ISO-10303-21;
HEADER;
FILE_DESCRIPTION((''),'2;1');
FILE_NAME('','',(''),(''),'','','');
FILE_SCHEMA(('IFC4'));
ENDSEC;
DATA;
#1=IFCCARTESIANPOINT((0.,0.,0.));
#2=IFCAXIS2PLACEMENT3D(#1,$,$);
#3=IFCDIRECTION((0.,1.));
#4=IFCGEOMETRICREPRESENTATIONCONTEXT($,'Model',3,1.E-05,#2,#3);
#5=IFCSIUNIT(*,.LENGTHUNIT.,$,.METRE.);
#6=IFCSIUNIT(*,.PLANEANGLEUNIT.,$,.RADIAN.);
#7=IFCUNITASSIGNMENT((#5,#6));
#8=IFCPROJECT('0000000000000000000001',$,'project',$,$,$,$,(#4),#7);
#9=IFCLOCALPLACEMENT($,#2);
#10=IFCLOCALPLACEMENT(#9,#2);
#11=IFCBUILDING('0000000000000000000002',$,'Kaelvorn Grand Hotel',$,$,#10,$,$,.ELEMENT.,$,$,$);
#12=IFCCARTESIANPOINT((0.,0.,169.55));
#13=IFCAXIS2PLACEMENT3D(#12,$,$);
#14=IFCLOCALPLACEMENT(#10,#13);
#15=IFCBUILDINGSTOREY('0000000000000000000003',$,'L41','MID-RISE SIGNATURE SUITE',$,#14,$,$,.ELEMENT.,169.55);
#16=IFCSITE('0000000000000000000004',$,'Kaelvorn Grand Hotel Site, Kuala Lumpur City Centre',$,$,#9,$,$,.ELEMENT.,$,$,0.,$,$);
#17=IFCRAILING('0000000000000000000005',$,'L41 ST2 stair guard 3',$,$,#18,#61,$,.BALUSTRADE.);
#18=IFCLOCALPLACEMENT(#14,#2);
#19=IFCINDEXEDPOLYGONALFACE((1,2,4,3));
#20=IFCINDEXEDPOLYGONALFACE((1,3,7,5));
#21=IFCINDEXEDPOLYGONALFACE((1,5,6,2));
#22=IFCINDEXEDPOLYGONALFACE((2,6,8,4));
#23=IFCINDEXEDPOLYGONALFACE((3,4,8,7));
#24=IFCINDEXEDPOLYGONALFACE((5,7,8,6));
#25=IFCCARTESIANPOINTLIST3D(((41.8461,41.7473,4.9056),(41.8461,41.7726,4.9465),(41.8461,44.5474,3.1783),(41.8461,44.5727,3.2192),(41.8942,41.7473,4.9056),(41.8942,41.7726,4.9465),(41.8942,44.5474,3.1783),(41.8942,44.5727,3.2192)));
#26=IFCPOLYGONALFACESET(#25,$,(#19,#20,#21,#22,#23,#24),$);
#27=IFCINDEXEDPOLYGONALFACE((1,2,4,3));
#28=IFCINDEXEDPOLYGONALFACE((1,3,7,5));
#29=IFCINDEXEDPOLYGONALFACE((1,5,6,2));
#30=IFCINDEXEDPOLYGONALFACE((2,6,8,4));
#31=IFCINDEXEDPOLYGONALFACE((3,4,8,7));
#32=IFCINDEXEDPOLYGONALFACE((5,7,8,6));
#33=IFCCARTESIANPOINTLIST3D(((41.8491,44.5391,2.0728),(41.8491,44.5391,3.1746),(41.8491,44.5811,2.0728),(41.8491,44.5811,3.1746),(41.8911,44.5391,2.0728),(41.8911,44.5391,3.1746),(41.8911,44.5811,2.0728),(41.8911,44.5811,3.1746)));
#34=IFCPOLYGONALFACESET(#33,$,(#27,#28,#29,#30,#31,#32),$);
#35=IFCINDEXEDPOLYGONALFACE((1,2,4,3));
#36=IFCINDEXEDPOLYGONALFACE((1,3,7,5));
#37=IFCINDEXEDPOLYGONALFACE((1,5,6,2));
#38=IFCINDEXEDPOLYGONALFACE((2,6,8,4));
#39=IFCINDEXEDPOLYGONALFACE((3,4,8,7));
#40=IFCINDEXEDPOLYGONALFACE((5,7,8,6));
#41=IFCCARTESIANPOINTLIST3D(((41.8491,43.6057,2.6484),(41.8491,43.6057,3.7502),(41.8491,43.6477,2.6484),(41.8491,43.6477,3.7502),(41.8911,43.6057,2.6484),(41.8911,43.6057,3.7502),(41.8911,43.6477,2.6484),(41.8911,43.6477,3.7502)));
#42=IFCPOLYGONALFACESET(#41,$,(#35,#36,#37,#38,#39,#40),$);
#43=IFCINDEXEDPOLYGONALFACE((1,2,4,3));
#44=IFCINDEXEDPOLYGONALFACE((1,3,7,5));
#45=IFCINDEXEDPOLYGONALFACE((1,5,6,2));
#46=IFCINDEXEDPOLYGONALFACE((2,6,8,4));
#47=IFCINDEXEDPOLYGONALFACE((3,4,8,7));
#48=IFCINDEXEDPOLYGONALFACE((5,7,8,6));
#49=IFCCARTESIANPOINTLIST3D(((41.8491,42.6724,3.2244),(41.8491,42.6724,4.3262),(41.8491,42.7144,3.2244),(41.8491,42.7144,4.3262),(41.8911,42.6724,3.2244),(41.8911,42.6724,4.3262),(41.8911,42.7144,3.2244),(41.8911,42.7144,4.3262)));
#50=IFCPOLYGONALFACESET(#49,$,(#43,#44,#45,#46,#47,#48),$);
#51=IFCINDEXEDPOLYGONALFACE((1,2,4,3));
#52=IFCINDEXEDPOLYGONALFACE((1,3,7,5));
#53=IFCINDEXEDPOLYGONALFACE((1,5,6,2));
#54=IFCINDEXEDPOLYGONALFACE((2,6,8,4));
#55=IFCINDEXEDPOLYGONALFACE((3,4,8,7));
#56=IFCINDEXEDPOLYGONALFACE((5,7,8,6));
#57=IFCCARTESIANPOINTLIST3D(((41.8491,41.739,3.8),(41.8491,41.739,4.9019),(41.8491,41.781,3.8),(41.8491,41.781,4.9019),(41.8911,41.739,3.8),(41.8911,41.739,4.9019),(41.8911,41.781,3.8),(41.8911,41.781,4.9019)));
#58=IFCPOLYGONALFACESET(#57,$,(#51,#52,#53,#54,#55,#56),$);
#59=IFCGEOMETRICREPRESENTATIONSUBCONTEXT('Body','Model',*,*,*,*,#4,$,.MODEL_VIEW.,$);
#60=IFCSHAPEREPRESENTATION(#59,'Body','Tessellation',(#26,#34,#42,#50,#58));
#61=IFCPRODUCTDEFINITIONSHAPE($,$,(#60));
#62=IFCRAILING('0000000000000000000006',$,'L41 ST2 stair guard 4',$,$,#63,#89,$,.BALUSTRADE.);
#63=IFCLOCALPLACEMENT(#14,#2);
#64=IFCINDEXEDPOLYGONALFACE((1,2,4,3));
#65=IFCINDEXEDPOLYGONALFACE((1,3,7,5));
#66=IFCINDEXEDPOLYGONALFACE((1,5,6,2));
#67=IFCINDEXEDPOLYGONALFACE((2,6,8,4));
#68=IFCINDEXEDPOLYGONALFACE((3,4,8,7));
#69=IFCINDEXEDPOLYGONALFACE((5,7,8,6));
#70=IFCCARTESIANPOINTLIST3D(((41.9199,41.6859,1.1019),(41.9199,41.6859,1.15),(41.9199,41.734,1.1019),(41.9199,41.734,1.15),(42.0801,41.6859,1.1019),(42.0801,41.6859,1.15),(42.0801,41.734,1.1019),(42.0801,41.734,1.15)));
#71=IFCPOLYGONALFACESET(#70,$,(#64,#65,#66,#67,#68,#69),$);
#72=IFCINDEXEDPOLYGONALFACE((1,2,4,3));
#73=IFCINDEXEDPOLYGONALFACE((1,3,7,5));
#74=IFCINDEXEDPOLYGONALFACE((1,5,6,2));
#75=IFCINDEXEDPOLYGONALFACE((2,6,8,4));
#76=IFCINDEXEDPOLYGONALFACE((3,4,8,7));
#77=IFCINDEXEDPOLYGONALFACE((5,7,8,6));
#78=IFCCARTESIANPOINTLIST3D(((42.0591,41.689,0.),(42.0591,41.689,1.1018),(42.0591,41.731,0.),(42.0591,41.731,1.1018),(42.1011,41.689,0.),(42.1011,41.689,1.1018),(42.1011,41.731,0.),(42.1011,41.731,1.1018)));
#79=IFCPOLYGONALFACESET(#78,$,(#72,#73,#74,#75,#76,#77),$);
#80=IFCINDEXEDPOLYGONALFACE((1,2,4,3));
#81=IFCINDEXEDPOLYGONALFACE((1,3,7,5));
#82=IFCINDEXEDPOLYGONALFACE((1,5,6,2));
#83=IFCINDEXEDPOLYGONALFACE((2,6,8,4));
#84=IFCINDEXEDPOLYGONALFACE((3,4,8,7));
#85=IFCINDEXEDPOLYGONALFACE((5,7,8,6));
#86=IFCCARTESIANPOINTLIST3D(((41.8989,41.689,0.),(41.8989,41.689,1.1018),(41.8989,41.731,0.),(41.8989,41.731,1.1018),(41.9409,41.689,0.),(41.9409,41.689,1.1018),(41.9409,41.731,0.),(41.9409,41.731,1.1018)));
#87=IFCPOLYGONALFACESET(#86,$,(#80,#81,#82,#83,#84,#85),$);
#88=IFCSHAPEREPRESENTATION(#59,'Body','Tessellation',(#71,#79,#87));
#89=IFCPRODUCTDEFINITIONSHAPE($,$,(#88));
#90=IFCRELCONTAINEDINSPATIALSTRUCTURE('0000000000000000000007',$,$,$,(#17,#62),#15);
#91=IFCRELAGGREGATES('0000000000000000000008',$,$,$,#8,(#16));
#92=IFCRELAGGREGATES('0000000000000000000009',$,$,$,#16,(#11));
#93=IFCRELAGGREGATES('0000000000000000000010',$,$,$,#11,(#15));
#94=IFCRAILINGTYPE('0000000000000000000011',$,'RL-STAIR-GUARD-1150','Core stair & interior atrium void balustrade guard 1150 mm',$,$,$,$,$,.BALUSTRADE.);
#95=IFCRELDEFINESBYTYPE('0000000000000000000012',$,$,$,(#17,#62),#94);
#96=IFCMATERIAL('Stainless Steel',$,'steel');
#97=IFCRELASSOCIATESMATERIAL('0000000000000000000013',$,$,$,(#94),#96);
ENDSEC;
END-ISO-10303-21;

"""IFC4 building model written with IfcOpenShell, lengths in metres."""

from ifc_helpers import new_model, si_unit, direction, frame, origin, origin_2d, place, context, subcontext, project, spatial, rectangle, extrude, material, type_object, element, save


model = new_model("IFC4")

# Units and contexts
model_context = context("Model", 3, precision=1e-05, world=origin(), true_north=direction((0.0, 1.0)))
body_context = subcontext(model_context, "Body", "Model", "MODEL_VIEW")
ifc_project = project(units=[si_unit("LENGTHUNIT", "METRE"), si_unit("PLANEANGLEUNIT", "RADIAN")], contexts=[model_context])

# Site, building, storey
site_placement = place(None, origin())
site = spatial("IfcSite", under=ifc_project, at=site_placement, Name="Kaelvorn Grand Hotel Site, Kuala Lumpur City Centre", CompositionType="ELEMENT", RefElevation=0.0)
building_placement = place(site_placement, origin())
building = spatial("IfcBuilding", under=site, at=building_placement, Name="Kaelvorn Grand Hotel", CompositionType="ELEMENT")
storey_placement = place(building_placement, frame((0.0, 0.0, 169.55)))
storey = spatial("IfcBuildingStorey", under=building, at=storey_placement, Name="L41", Description="MID-RISE SIGNATURE SUITE", CompositionType="ELEMENT", Elevation=169.55)

# Railings
ifc_material_1 = material(Name="Stainless Steel", Category="steel")
railing_type_1 = type_object("IfcRailingType", Name="RL-STAIR-GUARD-1150", Description="Core stair & interior atrium void balustrade guard 1150 mm", PredefinedType="BALUSTRADE", material=ifc_material_1)
railing_1_placement = place(storey_placement, frame((41.8701, 44.5601, 2.0728)))
element("IfcRailing", 1, at=railing_1_placement, inside=storey, type_object=railing_type_1, Name="L41 ST2 stair guard 3", PredefinedType="BALUSTRADE", context=body_context, shape_type="SweptSolid", body=[
    extrude(rectangle(XDim=0.0481, YDim=0.0481, at=origin_2d()), frame((0.0, 0.0, 1.126), z_axis=(0.0, -0.85109, 0.52502), x_axis=(1.0, 0.0, 0.0)), (0.0, 0.0, 1.0), 3.29),
    extrude(rectangle(XDim=0.042, YDim=0.042, at=origin_2d()), origin(), (0.0, 0.0, 1.0), 1.1018),
    extrude(rectangle(XDim=0.042, YDim=0.042, at=origin_2d()), frame((0.0, -0.9333, 0.5757)), (0.0, 0.0, 1.0), 1.1018),
    extrude(rectangle(XDim=0.042, YDim=0.042, at=origin_2d()), frame((0.0, -1.8667, 1.1516)), (0.0, 0.0, 1.0), 1.1018),
    extrude(rectangle(XDim=0.042, YDim=0.042, at=origin_2d()), frame((0.0, -2.8, 1.7273)), (0.0, 0.0, 1.0), 1.1018),
])
railing_2_placement = place(storey_placement, frame((42.0801, 41.71, 0.0)))
element("IfcRailing", 2, at=railing_2_placement, inside=storey, type_object=railing_type_1, Name="L41 ST2 stair guard 4", PredefinedType="BALUSTRADE", context=body_context, shape_type="SweptSolid", body=[
    extrude(rectangle(XDim=0.0481, YDim=0.0481, at=origin_2d()), frame((0.0, 0.0, 1.126), z_axis=(-1.0, 0.0, 0.0), x_axis=(0.0, -1.0, 0.0)), (0.0, 0.0, 1.0), 0.1602),
    extrude(rectangle(XDim=0.042, YDim=0.042, at=origin_2d()), origin(), (0.0, 0.0, 1.0), 1.1018),
    extrude(rectangle(XDim=0.042, YDim=0.042, at=origin_2d()), frame((-0.1602, 0.0, 0.0)), (0.0, 0.0, 1.0), 1.1018),
])

save(model, "model.ifc")
